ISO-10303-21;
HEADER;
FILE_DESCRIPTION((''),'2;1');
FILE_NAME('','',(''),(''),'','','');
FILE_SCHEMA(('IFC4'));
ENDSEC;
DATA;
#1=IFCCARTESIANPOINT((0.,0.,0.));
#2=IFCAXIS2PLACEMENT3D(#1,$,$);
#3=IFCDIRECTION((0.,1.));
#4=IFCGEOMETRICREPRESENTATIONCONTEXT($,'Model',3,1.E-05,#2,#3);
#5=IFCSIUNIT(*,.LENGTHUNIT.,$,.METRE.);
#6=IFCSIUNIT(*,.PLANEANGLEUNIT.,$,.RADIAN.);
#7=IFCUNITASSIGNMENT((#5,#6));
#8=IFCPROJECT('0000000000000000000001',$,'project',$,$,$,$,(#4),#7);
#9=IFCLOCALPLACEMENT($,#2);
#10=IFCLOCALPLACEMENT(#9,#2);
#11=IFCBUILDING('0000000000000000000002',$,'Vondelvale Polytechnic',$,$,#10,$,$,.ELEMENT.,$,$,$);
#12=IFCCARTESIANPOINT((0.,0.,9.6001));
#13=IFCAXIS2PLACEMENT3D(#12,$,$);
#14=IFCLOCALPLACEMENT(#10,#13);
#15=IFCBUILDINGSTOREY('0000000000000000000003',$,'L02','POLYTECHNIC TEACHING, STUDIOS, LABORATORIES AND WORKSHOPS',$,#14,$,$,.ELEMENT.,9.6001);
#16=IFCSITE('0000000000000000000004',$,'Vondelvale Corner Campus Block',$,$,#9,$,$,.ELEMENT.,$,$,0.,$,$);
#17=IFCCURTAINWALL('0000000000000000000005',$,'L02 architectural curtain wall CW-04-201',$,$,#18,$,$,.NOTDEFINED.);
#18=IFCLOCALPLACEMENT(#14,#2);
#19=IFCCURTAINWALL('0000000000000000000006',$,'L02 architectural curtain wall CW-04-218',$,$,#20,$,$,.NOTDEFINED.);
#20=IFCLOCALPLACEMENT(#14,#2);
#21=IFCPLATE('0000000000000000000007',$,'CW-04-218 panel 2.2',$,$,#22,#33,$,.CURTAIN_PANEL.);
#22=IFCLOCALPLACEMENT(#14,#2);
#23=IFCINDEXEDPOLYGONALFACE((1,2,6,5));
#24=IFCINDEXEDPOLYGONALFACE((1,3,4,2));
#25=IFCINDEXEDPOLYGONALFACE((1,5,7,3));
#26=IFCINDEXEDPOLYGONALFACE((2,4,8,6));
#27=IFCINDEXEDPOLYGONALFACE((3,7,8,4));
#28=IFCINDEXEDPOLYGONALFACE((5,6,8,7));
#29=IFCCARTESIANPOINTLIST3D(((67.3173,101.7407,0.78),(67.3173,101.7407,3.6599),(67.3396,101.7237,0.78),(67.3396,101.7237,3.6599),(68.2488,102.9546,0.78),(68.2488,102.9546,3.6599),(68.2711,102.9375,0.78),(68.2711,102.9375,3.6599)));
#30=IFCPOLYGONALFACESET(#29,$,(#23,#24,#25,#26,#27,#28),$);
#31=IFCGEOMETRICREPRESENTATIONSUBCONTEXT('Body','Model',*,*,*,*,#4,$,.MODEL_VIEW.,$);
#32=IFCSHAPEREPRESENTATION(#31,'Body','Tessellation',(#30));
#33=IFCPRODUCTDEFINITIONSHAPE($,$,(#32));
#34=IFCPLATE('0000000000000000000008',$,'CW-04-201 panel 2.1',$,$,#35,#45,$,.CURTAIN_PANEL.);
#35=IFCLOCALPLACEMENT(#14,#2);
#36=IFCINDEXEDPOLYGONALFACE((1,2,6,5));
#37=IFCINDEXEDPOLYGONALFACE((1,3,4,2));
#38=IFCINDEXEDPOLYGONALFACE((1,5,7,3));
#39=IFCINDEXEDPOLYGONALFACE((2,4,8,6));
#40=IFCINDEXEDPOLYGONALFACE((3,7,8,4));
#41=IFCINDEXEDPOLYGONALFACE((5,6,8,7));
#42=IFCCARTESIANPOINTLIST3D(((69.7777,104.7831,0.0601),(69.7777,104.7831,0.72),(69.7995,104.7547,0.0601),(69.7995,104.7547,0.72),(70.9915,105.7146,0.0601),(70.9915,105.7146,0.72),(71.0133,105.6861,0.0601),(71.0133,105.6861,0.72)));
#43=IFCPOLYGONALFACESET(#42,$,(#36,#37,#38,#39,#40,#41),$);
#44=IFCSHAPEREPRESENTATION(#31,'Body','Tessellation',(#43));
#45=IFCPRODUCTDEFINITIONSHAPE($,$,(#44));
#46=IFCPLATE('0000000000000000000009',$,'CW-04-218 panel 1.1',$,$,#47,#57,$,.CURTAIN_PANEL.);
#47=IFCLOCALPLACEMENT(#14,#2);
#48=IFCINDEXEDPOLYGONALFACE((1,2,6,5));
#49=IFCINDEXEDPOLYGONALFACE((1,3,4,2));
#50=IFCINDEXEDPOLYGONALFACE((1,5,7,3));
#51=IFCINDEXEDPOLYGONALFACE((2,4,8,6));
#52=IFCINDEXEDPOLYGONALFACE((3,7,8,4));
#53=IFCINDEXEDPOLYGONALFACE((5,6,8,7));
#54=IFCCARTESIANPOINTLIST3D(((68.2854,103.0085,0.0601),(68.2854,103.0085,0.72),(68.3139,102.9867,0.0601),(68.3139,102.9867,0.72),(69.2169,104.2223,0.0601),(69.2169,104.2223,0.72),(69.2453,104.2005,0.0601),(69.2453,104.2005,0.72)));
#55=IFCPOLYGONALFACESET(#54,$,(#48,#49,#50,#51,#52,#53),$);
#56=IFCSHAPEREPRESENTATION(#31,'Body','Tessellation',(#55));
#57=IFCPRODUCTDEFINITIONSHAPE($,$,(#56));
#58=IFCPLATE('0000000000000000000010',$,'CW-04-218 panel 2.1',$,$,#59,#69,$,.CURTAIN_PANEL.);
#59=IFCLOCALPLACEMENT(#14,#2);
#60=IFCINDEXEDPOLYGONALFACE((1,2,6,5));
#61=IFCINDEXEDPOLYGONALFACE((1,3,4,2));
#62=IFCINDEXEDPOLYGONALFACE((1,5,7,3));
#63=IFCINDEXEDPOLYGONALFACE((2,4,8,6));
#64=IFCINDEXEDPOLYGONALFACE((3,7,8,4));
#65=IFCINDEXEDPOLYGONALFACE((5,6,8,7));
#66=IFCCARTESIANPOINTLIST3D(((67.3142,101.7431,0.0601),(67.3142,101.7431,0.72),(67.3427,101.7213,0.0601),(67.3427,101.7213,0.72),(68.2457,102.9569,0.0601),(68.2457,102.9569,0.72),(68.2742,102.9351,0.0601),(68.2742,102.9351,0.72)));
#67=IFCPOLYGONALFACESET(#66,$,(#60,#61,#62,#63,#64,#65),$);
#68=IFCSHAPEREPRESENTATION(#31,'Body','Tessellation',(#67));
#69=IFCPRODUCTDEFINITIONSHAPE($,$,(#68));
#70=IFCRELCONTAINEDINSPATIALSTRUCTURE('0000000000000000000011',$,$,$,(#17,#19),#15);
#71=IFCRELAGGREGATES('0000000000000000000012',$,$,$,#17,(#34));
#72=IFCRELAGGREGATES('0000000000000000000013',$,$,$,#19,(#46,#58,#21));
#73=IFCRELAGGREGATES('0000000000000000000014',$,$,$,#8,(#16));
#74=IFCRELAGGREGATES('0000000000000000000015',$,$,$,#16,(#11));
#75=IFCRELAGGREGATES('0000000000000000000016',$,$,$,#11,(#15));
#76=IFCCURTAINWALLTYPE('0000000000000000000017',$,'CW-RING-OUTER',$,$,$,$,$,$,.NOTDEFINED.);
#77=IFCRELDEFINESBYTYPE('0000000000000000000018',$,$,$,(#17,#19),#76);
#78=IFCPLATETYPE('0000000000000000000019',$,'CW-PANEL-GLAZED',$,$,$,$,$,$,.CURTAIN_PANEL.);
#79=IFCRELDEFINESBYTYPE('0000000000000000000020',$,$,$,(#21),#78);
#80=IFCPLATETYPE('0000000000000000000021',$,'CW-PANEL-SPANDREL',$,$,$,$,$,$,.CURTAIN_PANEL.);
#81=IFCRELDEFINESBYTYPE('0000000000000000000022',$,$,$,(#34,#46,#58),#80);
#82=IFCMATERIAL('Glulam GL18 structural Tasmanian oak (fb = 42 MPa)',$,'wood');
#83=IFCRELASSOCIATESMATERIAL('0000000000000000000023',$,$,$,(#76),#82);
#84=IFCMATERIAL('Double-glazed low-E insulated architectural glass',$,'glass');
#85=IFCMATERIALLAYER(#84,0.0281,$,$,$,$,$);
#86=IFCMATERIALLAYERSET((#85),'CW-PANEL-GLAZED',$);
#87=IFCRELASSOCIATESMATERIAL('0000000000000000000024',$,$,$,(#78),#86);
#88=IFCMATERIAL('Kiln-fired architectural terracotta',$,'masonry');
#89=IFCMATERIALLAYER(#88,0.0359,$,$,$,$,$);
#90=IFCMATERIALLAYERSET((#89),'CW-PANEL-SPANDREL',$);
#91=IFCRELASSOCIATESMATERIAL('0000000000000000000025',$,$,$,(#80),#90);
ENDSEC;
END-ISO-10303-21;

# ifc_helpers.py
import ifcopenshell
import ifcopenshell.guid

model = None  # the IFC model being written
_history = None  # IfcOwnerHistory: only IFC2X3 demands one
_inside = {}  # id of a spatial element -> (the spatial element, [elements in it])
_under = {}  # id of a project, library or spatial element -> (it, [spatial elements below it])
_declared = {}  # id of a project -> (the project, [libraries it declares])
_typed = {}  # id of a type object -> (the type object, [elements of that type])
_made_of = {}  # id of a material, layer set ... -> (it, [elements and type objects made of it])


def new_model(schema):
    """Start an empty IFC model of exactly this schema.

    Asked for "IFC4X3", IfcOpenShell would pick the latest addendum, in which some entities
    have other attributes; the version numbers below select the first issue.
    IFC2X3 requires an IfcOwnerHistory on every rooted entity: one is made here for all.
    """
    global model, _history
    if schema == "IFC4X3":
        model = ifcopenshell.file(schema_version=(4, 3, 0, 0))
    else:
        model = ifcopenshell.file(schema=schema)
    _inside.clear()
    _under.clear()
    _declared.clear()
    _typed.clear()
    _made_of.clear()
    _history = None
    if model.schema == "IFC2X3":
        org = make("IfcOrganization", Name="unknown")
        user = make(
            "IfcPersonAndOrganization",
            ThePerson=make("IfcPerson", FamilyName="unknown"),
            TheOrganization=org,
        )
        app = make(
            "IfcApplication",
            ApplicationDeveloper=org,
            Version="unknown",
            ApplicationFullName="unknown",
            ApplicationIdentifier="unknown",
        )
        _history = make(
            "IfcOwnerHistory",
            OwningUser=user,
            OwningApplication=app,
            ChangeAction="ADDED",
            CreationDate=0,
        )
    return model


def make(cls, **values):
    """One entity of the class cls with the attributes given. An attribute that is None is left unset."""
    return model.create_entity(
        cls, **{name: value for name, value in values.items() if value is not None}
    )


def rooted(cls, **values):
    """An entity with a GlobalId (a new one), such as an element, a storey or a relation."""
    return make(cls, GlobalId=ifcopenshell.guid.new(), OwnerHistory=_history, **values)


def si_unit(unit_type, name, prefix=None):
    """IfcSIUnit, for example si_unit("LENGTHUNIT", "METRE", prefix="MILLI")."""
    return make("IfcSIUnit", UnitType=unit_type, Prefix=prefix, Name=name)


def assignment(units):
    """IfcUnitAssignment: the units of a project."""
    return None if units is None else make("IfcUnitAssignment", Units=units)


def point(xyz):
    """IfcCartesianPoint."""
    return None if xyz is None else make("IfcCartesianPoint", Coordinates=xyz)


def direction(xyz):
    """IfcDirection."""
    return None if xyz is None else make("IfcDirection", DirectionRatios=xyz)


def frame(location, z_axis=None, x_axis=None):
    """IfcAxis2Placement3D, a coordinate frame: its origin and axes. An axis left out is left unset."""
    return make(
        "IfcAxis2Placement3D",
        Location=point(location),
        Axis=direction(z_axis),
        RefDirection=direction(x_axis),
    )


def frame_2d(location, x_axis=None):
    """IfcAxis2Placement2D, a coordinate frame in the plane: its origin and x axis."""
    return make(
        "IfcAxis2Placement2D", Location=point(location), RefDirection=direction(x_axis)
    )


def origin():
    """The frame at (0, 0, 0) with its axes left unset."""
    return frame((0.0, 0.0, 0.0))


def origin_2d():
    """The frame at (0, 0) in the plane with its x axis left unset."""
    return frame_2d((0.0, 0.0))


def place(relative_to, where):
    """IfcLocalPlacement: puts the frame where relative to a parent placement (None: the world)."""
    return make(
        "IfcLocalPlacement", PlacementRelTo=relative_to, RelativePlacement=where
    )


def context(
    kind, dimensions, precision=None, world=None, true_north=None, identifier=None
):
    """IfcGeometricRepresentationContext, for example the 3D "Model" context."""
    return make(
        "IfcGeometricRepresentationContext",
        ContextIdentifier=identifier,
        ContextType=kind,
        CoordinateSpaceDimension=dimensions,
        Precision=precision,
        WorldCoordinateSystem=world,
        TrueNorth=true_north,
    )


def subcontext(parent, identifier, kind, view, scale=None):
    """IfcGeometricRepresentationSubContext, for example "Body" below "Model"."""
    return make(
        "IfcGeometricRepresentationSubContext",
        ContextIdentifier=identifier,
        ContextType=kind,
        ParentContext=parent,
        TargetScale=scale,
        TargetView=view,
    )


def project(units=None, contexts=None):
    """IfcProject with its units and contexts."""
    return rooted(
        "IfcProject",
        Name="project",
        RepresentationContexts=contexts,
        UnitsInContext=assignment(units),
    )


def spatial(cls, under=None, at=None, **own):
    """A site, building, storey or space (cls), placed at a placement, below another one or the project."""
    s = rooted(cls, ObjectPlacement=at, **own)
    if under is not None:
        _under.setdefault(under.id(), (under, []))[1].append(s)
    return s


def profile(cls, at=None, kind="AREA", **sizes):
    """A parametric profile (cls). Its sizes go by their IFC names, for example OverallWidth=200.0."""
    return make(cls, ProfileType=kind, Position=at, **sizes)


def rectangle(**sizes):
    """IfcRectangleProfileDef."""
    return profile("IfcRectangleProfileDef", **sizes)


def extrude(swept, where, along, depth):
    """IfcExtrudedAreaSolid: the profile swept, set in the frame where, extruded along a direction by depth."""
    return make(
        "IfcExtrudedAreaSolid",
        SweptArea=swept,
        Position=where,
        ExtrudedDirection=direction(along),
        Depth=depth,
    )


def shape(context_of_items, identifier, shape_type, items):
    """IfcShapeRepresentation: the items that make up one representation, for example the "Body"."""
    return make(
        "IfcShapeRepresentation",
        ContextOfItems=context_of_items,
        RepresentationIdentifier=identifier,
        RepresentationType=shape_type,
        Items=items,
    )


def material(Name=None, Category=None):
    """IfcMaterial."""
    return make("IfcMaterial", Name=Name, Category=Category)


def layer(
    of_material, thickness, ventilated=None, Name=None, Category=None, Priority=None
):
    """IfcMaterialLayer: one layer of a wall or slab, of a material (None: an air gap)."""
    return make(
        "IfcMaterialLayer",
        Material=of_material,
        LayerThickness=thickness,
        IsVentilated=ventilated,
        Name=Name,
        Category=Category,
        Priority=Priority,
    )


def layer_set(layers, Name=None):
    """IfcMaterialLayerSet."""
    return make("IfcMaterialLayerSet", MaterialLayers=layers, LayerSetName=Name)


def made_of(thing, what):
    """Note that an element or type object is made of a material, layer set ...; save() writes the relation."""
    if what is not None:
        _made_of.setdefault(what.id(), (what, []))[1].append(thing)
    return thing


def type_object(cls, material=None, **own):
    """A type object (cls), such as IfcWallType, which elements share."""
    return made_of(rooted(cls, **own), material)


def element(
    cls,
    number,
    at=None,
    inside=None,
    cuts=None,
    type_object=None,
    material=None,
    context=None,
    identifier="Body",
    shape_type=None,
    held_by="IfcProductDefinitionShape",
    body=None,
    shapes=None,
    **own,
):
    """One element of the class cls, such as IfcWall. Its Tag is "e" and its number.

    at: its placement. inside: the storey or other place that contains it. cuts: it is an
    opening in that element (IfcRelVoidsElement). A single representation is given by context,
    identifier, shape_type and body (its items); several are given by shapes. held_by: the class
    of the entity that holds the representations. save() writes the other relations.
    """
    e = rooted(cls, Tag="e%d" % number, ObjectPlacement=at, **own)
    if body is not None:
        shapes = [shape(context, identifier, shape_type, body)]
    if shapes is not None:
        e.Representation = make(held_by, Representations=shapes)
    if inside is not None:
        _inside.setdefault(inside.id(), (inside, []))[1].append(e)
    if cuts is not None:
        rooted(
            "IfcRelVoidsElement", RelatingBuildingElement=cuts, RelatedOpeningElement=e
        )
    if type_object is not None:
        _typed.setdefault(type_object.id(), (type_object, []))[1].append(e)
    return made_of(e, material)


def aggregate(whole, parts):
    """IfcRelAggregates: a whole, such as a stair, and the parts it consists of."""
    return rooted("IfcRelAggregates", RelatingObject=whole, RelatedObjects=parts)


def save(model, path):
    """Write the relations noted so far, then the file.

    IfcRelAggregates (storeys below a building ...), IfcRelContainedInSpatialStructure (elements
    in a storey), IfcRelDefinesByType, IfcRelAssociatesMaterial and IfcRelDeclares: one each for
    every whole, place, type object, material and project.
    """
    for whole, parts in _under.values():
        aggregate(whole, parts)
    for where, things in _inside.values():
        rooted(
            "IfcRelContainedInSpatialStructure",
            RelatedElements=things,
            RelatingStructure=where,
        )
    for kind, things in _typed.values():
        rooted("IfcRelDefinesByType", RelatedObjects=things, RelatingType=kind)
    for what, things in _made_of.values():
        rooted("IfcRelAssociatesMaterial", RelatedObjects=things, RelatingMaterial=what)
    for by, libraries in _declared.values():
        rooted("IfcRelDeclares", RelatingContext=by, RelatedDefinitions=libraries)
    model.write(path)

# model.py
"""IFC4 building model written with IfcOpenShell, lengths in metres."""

from ifc_helpers import new_model, si_unit, direction, frame, origin, origin_2d, place, context, subcontext, project, spatial, rectangle, extrude, material, layer, layer_set, type_object, element, aggregate, save


model = new_model("IFC4")

# Units and contexts
model_context = context("Model", 3, precision=1e-05, world=origin(), true_north=direction((0.0, 1.0)))
body_context = subcontext(model_context, "Body", "Model", "MODEL_VIEW")
ifc_project = project(units=[si_unit("LENGTHUNIT", "METRE"), si_unit("PLANEANGLEUNIT", "RADIAN")], contexts=[model_context])

# Site, building, storey
site_placement = place(None, origin())
site = spatial("IfcSite", under=ifc_project, at=site_placement, Name="Vondelvale Corner Campus Block", CompositionType="ELEMENT", RefElevation=0.0)
building_placement = place(site_placement, origin())
building = spatial("IfcBuilding", under=site, at=building_placement, Name="Vondelvale Polytechnic", CompositionType="ELEMENT")
storey_placement = place(building_placement, frame((0.0, 0.0, 9.6001)))
storey = spatial("IfcBuildingStorey", under=building, at=storey_placement, Name="L02", Description="POLYTECHNIC TEACHING, STUDIOS, LABORATORIES AND WORKSHOPS", CompositionType="ELEMENT", Elevation=9.6001)

# Shared definitions
ifc_material_1 = material(Name="Glulam GL18 structural Tasmanian oak (fb = 42 MPa)", Category="wood")

# Curtain wall
curtain_wall_type = type_object("IfcCurtainWallType", Name="CW-RING-OUTER", PredefinedType="NOTDEFINED", material=ifc_material_1)
curtain_wall_1_placement = place(storey_placement, origin())
curtain_wall_1 = element("IfcCurtainWall", 1, at=curtain_wall_1_placement, inside=storey, type_object=curtain_wall_type, Name="L02 architectural curtain wall CW-04-201", PredefinedType="NOTDEFINED")

# Curtain wall
curtain_wall_2_placement = place(storey_placement, origin())
curtain_wall_2 = element("IfcCurtainWall", 2, at=curtain_wall_2_placement, inside=storey, type_object=curtain_wall_type, Name="L02 architectural curtain wall CW-04-218", PredefinedType="NOTDEFINED")

# Plates
ifc_material_2 = material(Name="Double-glazed low-E insulated architectural glass", Category="glass")
ifc_layer_1 = layer(ifc_material_2, 0.0281)
ifc_layer_set_1 = layer_set([ifc_layer_1], Name="CW-PANEL-GLAZED")
plate_type_1 = type_object("IfcPlateType", Name="CW-PANEL-GLAZED", PredefinedType="CURTAIN_PANEL", material=ifc_layer_set_1)
plate_1_placement = place(storey_placement, frame((67.7942, 102.3391, 0.78), z_axis=(0.0, 0.0, 1.0), x_axis=(-0.608787, -0.793334, 0.0)))
plate_1 = element("IfcPlate", 3, at=plate_1_placement, type_object=plate_type_1, Name="CW-04-218 panel 2.2", PredefinedType="CURTAIN_PANEL", context=body_context, shape_type="SweptSolid", body=[
    extrude(rectangle(XDim=1.53, YDim=0.0281, at=origin_2d()), origin(), (0.0, 0.0, 1.0), 2.8799),
])
ifc_material_3 = material(Name="Kiln-fired architectural terracotta", Category="masonry")
ifc_layer_2 = layer(ifc_material_3, 0.0359)
ifc_layer_set_2 = layer_set([ifc_layer_2], Name="CW-PANEL-SPANDREL")
plate_type_2 = type_object("IfcPlateType", Name="CW-PANEL-SPANDREL", PredefinedType="CURTAIN_PANEL", material=ifc_layer_set_2)
plate_2_placement = place(storey_placement, frame((70.3955, 105.2346, 0.0601), z_axis=(0.0, 0.0, 1.0), x_axis=(-0.793334, -0.608787, 0.0)))
plate_2 = element("IfcPlate", 4, at=plate_2_placement, type_object=plate_type_2, Name="CW-04-201 panel 2.1", PredefinedType="CURTAIN_PANEL", context=body_context, shape_type="SweptSolid", body=[
    extrude(rectangle(XDim=1.53, YDim=0.0359, at=origin_2d()), origin(), (0.0, 0.0, 1.0), 0.6599),
])
aggregate(curtain_wall_1, [plate_2])
plate_3_placement = place(storey_placement, frame((68.7654, 103.6045, 0.0601), z_axis=(0.0, 0.0, 1.0), x_axis=(-0.608787, -0.793334, 0.0)))
plate_3 = element("IfcPlate", 5, at=plate_3_placement, type_object=plate_type_2, Name="CW-04-218 panel 1.1", PredefinedType="CURTAIN_PANEL", context=body_context, shape_type="SweptSolid", body=[
    extrude(rectangle(XDim=1.53, YDim=0.0359, at=origin_2d()), origin(), (0.0, 0.0, 1.0), 0.6599),
])
plate_4_placement = place(storey_placement, frame((67.7942, 102.3391, 0.0601), z_axis=(0.0, 0.0, 1.0), x_axis=(-0.608787, -0.793334, 0.0)))
plate_4 = element("IfcPlate", 6, at=plate_4_placement, type_object=plate_type_2, Name="CW-04-218 panel 2.1", PredefinedType="CURTAIN_PANEL", context=body_context, shape_type="SweptSolid", body=[
    extrude(rectangle(XDim=1.53, YDim=0.0359, at=origin_2d()), origin(), (0.0, 0.0, 1.0), 0.6599),
])
aggregate(curtain_wall_2, [plate_3, plate_4, plate_1])

save(model, "model.ifc")
